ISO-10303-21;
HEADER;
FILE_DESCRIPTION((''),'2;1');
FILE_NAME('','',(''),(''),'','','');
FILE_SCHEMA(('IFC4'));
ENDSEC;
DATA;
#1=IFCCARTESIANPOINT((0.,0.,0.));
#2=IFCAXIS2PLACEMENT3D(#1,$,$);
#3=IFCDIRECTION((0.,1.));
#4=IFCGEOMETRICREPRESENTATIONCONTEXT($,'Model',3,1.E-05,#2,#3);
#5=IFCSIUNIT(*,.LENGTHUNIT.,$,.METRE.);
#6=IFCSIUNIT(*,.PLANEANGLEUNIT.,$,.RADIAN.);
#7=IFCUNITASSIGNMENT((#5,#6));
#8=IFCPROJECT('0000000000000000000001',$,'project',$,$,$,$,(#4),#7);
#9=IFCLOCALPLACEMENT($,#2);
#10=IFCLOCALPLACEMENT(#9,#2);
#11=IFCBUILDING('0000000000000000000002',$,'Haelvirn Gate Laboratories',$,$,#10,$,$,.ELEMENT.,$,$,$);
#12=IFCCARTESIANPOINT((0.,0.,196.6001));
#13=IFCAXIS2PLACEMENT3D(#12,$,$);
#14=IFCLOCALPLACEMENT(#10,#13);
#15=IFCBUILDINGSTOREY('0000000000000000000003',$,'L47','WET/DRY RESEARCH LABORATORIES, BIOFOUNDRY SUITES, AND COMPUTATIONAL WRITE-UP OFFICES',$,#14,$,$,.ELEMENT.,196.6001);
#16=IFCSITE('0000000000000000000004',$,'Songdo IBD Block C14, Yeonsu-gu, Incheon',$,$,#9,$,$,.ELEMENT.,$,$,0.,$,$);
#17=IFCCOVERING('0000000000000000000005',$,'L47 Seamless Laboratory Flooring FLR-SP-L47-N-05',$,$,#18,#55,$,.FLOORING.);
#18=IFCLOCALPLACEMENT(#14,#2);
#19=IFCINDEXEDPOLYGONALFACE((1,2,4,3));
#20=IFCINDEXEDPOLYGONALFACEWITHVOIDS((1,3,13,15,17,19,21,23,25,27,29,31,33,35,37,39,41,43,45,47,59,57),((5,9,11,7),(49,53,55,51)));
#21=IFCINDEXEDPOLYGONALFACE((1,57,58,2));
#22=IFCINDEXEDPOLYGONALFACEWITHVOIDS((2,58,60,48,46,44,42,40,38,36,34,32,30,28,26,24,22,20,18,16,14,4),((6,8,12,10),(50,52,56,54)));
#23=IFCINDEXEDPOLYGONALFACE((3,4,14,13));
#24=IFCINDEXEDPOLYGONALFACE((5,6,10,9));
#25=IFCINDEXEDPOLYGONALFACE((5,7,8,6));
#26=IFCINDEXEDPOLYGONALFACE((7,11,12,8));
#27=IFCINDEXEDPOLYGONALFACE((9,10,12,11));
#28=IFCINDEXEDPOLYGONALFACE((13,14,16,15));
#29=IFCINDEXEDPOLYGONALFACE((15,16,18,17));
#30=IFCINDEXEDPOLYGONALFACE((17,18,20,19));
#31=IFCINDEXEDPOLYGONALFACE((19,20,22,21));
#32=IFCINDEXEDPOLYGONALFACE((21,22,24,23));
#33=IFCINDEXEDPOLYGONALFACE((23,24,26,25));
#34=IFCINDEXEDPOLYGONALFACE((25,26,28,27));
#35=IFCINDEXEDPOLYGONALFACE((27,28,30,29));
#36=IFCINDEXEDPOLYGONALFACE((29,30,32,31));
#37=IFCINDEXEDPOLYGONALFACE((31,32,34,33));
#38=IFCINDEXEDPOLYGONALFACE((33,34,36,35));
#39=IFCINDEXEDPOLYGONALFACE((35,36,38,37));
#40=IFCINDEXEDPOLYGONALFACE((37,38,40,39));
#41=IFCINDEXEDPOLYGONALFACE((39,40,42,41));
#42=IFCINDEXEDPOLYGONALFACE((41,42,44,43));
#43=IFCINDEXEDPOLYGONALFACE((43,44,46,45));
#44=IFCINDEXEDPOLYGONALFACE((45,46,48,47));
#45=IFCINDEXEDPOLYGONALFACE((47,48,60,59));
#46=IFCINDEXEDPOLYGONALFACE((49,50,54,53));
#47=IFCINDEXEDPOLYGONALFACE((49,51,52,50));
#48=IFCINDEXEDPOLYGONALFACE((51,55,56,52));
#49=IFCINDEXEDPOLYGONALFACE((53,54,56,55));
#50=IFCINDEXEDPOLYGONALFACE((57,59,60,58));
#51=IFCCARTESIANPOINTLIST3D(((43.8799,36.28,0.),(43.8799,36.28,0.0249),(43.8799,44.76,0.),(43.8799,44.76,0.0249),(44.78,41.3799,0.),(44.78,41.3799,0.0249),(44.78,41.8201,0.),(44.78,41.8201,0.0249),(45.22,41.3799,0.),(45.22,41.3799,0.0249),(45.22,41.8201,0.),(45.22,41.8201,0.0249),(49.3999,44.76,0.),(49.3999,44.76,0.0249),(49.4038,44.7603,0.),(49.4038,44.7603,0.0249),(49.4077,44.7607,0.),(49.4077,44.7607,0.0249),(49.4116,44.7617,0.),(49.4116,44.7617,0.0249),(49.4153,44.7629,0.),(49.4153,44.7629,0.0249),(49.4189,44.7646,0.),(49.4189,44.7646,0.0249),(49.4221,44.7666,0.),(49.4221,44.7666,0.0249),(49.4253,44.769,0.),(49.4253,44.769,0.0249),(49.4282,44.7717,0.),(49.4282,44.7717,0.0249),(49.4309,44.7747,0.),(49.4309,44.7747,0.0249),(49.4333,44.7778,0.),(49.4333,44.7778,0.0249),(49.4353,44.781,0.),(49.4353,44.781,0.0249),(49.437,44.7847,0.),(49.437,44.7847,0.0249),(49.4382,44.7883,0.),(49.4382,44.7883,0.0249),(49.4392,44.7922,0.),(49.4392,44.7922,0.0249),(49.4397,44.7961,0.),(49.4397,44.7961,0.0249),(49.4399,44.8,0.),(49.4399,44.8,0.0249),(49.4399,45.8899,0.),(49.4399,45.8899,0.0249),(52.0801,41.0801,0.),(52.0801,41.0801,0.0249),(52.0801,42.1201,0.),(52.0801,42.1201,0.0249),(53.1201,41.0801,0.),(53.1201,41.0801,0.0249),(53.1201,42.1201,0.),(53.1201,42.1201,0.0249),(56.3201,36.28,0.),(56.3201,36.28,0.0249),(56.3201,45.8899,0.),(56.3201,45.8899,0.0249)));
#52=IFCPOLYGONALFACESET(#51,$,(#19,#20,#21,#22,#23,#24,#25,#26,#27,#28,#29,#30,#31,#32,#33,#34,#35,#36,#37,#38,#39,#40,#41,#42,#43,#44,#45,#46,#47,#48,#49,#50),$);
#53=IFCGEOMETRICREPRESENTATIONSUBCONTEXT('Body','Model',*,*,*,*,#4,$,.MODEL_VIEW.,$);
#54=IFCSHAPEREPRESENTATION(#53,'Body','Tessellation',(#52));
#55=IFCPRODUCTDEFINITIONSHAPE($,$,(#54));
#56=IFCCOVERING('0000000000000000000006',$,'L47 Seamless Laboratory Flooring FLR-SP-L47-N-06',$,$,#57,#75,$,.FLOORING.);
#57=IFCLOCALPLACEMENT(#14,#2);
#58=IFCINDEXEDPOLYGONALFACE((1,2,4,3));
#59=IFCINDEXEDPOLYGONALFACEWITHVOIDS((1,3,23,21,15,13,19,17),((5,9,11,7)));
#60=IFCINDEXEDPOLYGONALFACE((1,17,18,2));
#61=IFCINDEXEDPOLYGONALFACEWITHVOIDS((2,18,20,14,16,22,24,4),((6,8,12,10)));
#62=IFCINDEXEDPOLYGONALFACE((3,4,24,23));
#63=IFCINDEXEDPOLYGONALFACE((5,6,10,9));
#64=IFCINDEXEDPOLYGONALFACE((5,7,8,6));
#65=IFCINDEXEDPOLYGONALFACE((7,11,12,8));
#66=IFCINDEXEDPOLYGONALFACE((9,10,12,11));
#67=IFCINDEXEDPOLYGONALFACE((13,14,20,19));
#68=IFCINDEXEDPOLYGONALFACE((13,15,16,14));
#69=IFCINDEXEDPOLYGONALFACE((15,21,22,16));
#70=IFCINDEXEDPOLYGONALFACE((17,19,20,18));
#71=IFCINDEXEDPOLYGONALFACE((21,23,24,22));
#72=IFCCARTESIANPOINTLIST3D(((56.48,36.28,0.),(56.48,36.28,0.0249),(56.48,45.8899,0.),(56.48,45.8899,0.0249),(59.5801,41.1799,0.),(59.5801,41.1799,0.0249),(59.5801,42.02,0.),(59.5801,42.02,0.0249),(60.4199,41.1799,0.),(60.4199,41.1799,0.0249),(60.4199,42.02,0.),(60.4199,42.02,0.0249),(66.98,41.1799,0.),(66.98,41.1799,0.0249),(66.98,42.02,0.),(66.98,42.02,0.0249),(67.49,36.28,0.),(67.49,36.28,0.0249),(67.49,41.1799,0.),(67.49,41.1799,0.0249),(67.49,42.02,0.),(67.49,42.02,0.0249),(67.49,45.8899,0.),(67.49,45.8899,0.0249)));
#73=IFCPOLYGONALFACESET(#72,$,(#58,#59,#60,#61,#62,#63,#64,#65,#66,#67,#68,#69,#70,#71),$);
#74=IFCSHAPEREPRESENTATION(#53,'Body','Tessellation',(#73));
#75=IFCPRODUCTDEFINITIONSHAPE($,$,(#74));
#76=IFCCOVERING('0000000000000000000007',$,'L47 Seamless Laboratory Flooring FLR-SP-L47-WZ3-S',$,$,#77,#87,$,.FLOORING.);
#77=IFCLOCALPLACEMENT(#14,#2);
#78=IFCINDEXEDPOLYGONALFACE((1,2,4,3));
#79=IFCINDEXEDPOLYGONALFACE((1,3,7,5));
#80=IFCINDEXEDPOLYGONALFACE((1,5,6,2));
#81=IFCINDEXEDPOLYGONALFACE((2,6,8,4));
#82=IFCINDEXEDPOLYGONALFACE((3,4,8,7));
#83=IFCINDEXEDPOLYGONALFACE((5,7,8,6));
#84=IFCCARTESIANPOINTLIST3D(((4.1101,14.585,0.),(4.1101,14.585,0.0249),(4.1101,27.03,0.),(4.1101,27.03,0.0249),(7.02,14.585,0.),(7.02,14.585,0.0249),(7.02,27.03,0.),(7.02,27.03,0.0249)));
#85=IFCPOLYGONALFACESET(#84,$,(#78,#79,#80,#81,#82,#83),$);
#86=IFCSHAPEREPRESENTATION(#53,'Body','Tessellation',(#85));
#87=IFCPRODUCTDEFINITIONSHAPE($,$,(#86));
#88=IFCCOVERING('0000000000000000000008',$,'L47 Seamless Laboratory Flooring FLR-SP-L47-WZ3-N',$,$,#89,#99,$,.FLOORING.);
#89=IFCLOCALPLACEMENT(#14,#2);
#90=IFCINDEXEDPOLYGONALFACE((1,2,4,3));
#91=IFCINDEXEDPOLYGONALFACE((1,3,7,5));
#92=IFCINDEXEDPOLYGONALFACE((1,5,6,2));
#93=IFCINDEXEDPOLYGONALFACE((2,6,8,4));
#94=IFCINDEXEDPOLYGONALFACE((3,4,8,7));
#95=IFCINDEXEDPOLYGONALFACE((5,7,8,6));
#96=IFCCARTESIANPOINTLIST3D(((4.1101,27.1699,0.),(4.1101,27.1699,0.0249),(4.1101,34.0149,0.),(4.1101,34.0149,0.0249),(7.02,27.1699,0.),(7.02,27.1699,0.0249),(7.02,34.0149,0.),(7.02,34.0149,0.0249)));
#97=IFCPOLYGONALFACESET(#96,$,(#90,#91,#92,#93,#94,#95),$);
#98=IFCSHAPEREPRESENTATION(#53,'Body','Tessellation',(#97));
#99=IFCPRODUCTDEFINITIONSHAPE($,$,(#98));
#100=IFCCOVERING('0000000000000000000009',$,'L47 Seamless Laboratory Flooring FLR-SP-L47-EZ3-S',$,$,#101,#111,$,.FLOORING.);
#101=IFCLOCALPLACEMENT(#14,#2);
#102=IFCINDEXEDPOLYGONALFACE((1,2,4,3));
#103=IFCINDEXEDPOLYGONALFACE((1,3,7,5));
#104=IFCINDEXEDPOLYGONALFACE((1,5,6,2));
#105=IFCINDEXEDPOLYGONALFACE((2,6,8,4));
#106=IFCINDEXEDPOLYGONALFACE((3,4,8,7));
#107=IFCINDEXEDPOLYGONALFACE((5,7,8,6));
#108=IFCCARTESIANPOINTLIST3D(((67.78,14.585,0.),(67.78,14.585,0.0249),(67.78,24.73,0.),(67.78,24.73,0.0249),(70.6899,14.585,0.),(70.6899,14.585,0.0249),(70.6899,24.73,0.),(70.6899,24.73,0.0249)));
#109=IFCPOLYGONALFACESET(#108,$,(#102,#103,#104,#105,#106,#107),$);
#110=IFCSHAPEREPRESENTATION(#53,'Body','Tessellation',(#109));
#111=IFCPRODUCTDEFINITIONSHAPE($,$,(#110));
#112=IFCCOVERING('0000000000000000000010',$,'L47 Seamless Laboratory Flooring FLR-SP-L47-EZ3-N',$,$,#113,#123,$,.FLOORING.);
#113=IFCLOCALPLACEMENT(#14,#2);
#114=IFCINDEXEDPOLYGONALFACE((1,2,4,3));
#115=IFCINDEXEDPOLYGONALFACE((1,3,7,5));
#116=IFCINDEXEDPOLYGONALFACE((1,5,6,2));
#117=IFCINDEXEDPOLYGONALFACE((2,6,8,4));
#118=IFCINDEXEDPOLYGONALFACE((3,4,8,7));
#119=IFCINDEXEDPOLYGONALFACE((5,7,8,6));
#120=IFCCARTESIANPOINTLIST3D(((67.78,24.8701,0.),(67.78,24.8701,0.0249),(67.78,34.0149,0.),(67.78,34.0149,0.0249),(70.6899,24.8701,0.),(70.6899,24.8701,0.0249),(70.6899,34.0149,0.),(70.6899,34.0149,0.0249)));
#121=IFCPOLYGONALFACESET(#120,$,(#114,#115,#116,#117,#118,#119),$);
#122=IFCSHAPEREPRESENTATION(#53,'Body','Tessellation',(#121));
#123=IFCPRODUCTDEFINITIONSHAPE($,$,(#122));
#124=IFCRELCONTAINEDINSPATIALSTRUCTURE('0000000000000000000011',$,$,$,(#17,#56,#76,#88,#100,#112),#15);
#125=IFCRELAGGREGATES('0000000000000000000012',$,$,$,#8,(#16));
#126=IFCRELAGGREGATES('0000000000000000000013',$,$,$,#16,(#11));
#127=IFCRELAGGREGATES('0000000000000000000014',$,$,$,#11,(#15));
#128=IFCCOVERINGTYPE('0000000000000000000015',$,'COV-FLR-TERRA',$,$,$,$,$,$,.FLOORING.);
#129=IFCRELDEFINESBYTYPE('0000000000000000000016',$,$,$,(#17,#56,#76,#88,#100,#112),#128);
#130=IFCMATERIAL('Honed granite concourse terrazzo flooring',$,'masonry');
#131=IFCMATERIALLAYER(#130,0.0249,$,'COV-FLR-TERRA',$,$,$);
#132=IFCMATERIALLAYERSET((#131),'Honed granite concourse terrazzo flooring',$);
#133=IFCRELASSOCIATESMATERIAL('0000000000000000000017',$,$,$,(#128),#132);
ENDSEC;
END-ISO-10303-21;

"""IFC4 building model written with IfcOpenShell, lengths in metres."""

from ifc_helpers import new_model, si_unit, direction, frame, origin, place, context, subcontext, project, spatial, polyline, outline, extrude, material, layer, layer_set, type_object, element, save


model = new_model("IFC4")

# Units and contexts
model_context = context("Model", 3, precision=1e-05, world=origin(), true_north=direction((0.0, 1.0)))
body_context = subcontext(model_context, "Body", "Model", "MODEL_VIEW")
ifc_project = project(units=[si_unit("LENGTHUNIT", "METRE"), si_unit("PLANEANGLEUNIT", "RADIAN")], contexts=[model_context])

# Site, building, storey
site_placement = place(None, origin())
site = spatial("IfcSite", under=ifc_project, at=site_placement, Name="Songdo IBD Block C14, Yeonsu-gu, Incheon", CompositionType="ELEMENT", RefElevation=0.0)
building_placement = place(site_placement, origin())
building = spatial("IfcBuilding", under=site, at=building_placement, Name="Haelvirn Gate Laboratories", CompositionType="ELEMENT")
storey_placement = place(building_placement, frame((0.0, 0.0, 196.6001)))
storey = spatial("IfcBuildingStorey", under=building, at=storey_placement, Name="L47", Description="WET/DRY RESEARCH LABORATORIES, BIOFOUNDRY SUITES, AND COMPUTATIONAL WRITE-UP OFFICES", CompositionType="ELEMENT", Elevation=196.6001)

# Coverings
ifc_material_1 = material(Name="Honed granite concourse terrazzo flooring", Category="masonry")
ifc_layer_1 = layer(ifc_material_1, 0.0249, Name="COV-FLR-TERRA")
ifc_layer_set_1 = layer_set([ifc_layer_1], Name="Honed granite concourse terrazzo flooring")
covering_type = type_object("IfcCoveringType", Name="COV-FLR-TERRA", PredefinedType="FLOORING", material=ifc_layer_set_1)
covering_1_placement = place(storey_placement, origin())
element("IfcCovering", 1, at=covering_1_placement, inside=storey, type_object=covering_type, Name="L47 Seamless Laboratory Flooring FLR-SP-L47-N-05", PredefinedType="FLOORING", context=body_context, shape_type="SweptSolid", body=[
    extrude(outline(polyline([(43.8799, 44.76), (49.3999, 44.76), (49.4038, 44.7603), (49.4077, 44.7607), (49.4116, 44.7617), (49.4153, 44.7629), (49.4189, 44.7646), (49.4221, 44.7666), (49.4253, 44.769), (49.4282, 44.7717), (49.4309, 44.7747), (49.4333, 44.7778), (49.4353, 44.781), (49.437, 44.7847), (49.4382, 44.7883), (49.4392, 44.7922), (49.4397, 44.7961), (49.4399, 44.8), (49.4399, 45.8899), (56.3201, 45.8899), (56.3201, 36.28), (43.8799, 36.28), (43.8799, 44.76)]), holes=[polyline([(52.0801, 41.0801), (53.1201, 41.0801), (53.1201, 42.1201), (52.0801, 42.1201), (52.0801, 41.0801)]), polyline([(44.78, 41.8201), (44.78, 41.3799), (45.22, 41.3799), (45.22, 41.8201), (44.78, 41.8201)])]), origin(), (0.0, 0.0, 1.0), 0.0249),
])
covering_2_placement = place(storey_placement, origin())
element("IfcCovering", 2, at=covering_2_placement, inside=storey, type_object=covering_type, Name="L47 Seamless Laboratory Flooring FLR-SP-L47-N-06", PredefinedType="FLOORING", context=body_context, shape_type="SweptSolid", body=[
    extrude(outline(polyline([(67.49, 42.02), (66.98, 42.02), (66.98, 41.1799), (67.49, 41.1799), (67.49, 36.28), (56.48, 36.28), (56.48, 45.8899), (67.49, 45.8899), (67.49, 42.02)]), holes=[polyline([(59.5801, 41.1799), (60.4199, 41.1799), (60.4199, 42.02), (59.5801, 42.02), (59.5801, 41.1799)])]), origin(), (0.0, 0.0, 1.0), 0.0249),
])
covering_3_placement = place(storey_placement, origin())
element("IfcCovering", 3, at=covering_3_placement, inside=storey, type_object=covering_type, Name="L47 Seamless Laboratory Flooring FLR-SP-L47-WZ3-S", PredefinedType="FLOORING", context=body_context, shape_type="SweptSolid", body=[
    extrude(outline(polyline([(4.1101, 27.03), (7.02, 27.03), (7.02, 14.585), (4.1101, 14.585), (4.1101, 27.03)])), origin(), (0.0, 0.0, 1.0), 0.0249),
])
covering_4_placement = place(storey_placement, origin())
element("IfcCovering", 4, at=covering_4_placement, inside=storey, type_object=covering_type, Name="L47 Seamless Laboratory Flooring FLR-SP-L47-WZ3-N", PredefinedType="FLOORING", context=body_context, shape_type="SweptSolid", body=[
    extrude(outline(polyline([(4.1101, 34.0149), (7.02, 34.0149), (7.02, 27.1699), (4.1101, 27.1699), (4.1101, 34.0149)])), origin(), (0.0, 0.0, 1.0), 0.0249),
])
covering_5_placement = place(storey_placement, origin())
element("IfcCovering", 5, at=covering_5_placement, inside=storey, type_object=covering_type, Name="L47 Seamless Laboratory Flooring FLR-SP-L47-EZ3-S", PredefinedType="FLOORING", context=body_context, shape_type="SweptSolid", body=[
    extrude(outline(polyline([(67.78, 24.73), (70.6899, 24.73), (70.6899, 14.585), (67.78, 14.585), (67.78, 24.73)])), origin(), (0.0, 0.0, 1.0), 0.0249),
])
covering_6_placement = place(storey_placement, origin())
element("IfcCovering", 6, at=covering_6_placement, inside=storey, type_object=covering_type, Name="L47 Seamless Laboratory Flooring FLR-SP-L47-EZ3-N", PredefinedType="FLOORING", context=body_context, shape_type="SweptSolid", body=[
    extrude(outline(polyline([(67.78, 34.0149), (70.6899, 34.0149), (70.6899, 24.8701), (67.78, 24.8701), (67.78, 34.0149)])), origin(), (0.0, 0.0, 1.0), 0.0249),
])

save(model, "model.ifc")
